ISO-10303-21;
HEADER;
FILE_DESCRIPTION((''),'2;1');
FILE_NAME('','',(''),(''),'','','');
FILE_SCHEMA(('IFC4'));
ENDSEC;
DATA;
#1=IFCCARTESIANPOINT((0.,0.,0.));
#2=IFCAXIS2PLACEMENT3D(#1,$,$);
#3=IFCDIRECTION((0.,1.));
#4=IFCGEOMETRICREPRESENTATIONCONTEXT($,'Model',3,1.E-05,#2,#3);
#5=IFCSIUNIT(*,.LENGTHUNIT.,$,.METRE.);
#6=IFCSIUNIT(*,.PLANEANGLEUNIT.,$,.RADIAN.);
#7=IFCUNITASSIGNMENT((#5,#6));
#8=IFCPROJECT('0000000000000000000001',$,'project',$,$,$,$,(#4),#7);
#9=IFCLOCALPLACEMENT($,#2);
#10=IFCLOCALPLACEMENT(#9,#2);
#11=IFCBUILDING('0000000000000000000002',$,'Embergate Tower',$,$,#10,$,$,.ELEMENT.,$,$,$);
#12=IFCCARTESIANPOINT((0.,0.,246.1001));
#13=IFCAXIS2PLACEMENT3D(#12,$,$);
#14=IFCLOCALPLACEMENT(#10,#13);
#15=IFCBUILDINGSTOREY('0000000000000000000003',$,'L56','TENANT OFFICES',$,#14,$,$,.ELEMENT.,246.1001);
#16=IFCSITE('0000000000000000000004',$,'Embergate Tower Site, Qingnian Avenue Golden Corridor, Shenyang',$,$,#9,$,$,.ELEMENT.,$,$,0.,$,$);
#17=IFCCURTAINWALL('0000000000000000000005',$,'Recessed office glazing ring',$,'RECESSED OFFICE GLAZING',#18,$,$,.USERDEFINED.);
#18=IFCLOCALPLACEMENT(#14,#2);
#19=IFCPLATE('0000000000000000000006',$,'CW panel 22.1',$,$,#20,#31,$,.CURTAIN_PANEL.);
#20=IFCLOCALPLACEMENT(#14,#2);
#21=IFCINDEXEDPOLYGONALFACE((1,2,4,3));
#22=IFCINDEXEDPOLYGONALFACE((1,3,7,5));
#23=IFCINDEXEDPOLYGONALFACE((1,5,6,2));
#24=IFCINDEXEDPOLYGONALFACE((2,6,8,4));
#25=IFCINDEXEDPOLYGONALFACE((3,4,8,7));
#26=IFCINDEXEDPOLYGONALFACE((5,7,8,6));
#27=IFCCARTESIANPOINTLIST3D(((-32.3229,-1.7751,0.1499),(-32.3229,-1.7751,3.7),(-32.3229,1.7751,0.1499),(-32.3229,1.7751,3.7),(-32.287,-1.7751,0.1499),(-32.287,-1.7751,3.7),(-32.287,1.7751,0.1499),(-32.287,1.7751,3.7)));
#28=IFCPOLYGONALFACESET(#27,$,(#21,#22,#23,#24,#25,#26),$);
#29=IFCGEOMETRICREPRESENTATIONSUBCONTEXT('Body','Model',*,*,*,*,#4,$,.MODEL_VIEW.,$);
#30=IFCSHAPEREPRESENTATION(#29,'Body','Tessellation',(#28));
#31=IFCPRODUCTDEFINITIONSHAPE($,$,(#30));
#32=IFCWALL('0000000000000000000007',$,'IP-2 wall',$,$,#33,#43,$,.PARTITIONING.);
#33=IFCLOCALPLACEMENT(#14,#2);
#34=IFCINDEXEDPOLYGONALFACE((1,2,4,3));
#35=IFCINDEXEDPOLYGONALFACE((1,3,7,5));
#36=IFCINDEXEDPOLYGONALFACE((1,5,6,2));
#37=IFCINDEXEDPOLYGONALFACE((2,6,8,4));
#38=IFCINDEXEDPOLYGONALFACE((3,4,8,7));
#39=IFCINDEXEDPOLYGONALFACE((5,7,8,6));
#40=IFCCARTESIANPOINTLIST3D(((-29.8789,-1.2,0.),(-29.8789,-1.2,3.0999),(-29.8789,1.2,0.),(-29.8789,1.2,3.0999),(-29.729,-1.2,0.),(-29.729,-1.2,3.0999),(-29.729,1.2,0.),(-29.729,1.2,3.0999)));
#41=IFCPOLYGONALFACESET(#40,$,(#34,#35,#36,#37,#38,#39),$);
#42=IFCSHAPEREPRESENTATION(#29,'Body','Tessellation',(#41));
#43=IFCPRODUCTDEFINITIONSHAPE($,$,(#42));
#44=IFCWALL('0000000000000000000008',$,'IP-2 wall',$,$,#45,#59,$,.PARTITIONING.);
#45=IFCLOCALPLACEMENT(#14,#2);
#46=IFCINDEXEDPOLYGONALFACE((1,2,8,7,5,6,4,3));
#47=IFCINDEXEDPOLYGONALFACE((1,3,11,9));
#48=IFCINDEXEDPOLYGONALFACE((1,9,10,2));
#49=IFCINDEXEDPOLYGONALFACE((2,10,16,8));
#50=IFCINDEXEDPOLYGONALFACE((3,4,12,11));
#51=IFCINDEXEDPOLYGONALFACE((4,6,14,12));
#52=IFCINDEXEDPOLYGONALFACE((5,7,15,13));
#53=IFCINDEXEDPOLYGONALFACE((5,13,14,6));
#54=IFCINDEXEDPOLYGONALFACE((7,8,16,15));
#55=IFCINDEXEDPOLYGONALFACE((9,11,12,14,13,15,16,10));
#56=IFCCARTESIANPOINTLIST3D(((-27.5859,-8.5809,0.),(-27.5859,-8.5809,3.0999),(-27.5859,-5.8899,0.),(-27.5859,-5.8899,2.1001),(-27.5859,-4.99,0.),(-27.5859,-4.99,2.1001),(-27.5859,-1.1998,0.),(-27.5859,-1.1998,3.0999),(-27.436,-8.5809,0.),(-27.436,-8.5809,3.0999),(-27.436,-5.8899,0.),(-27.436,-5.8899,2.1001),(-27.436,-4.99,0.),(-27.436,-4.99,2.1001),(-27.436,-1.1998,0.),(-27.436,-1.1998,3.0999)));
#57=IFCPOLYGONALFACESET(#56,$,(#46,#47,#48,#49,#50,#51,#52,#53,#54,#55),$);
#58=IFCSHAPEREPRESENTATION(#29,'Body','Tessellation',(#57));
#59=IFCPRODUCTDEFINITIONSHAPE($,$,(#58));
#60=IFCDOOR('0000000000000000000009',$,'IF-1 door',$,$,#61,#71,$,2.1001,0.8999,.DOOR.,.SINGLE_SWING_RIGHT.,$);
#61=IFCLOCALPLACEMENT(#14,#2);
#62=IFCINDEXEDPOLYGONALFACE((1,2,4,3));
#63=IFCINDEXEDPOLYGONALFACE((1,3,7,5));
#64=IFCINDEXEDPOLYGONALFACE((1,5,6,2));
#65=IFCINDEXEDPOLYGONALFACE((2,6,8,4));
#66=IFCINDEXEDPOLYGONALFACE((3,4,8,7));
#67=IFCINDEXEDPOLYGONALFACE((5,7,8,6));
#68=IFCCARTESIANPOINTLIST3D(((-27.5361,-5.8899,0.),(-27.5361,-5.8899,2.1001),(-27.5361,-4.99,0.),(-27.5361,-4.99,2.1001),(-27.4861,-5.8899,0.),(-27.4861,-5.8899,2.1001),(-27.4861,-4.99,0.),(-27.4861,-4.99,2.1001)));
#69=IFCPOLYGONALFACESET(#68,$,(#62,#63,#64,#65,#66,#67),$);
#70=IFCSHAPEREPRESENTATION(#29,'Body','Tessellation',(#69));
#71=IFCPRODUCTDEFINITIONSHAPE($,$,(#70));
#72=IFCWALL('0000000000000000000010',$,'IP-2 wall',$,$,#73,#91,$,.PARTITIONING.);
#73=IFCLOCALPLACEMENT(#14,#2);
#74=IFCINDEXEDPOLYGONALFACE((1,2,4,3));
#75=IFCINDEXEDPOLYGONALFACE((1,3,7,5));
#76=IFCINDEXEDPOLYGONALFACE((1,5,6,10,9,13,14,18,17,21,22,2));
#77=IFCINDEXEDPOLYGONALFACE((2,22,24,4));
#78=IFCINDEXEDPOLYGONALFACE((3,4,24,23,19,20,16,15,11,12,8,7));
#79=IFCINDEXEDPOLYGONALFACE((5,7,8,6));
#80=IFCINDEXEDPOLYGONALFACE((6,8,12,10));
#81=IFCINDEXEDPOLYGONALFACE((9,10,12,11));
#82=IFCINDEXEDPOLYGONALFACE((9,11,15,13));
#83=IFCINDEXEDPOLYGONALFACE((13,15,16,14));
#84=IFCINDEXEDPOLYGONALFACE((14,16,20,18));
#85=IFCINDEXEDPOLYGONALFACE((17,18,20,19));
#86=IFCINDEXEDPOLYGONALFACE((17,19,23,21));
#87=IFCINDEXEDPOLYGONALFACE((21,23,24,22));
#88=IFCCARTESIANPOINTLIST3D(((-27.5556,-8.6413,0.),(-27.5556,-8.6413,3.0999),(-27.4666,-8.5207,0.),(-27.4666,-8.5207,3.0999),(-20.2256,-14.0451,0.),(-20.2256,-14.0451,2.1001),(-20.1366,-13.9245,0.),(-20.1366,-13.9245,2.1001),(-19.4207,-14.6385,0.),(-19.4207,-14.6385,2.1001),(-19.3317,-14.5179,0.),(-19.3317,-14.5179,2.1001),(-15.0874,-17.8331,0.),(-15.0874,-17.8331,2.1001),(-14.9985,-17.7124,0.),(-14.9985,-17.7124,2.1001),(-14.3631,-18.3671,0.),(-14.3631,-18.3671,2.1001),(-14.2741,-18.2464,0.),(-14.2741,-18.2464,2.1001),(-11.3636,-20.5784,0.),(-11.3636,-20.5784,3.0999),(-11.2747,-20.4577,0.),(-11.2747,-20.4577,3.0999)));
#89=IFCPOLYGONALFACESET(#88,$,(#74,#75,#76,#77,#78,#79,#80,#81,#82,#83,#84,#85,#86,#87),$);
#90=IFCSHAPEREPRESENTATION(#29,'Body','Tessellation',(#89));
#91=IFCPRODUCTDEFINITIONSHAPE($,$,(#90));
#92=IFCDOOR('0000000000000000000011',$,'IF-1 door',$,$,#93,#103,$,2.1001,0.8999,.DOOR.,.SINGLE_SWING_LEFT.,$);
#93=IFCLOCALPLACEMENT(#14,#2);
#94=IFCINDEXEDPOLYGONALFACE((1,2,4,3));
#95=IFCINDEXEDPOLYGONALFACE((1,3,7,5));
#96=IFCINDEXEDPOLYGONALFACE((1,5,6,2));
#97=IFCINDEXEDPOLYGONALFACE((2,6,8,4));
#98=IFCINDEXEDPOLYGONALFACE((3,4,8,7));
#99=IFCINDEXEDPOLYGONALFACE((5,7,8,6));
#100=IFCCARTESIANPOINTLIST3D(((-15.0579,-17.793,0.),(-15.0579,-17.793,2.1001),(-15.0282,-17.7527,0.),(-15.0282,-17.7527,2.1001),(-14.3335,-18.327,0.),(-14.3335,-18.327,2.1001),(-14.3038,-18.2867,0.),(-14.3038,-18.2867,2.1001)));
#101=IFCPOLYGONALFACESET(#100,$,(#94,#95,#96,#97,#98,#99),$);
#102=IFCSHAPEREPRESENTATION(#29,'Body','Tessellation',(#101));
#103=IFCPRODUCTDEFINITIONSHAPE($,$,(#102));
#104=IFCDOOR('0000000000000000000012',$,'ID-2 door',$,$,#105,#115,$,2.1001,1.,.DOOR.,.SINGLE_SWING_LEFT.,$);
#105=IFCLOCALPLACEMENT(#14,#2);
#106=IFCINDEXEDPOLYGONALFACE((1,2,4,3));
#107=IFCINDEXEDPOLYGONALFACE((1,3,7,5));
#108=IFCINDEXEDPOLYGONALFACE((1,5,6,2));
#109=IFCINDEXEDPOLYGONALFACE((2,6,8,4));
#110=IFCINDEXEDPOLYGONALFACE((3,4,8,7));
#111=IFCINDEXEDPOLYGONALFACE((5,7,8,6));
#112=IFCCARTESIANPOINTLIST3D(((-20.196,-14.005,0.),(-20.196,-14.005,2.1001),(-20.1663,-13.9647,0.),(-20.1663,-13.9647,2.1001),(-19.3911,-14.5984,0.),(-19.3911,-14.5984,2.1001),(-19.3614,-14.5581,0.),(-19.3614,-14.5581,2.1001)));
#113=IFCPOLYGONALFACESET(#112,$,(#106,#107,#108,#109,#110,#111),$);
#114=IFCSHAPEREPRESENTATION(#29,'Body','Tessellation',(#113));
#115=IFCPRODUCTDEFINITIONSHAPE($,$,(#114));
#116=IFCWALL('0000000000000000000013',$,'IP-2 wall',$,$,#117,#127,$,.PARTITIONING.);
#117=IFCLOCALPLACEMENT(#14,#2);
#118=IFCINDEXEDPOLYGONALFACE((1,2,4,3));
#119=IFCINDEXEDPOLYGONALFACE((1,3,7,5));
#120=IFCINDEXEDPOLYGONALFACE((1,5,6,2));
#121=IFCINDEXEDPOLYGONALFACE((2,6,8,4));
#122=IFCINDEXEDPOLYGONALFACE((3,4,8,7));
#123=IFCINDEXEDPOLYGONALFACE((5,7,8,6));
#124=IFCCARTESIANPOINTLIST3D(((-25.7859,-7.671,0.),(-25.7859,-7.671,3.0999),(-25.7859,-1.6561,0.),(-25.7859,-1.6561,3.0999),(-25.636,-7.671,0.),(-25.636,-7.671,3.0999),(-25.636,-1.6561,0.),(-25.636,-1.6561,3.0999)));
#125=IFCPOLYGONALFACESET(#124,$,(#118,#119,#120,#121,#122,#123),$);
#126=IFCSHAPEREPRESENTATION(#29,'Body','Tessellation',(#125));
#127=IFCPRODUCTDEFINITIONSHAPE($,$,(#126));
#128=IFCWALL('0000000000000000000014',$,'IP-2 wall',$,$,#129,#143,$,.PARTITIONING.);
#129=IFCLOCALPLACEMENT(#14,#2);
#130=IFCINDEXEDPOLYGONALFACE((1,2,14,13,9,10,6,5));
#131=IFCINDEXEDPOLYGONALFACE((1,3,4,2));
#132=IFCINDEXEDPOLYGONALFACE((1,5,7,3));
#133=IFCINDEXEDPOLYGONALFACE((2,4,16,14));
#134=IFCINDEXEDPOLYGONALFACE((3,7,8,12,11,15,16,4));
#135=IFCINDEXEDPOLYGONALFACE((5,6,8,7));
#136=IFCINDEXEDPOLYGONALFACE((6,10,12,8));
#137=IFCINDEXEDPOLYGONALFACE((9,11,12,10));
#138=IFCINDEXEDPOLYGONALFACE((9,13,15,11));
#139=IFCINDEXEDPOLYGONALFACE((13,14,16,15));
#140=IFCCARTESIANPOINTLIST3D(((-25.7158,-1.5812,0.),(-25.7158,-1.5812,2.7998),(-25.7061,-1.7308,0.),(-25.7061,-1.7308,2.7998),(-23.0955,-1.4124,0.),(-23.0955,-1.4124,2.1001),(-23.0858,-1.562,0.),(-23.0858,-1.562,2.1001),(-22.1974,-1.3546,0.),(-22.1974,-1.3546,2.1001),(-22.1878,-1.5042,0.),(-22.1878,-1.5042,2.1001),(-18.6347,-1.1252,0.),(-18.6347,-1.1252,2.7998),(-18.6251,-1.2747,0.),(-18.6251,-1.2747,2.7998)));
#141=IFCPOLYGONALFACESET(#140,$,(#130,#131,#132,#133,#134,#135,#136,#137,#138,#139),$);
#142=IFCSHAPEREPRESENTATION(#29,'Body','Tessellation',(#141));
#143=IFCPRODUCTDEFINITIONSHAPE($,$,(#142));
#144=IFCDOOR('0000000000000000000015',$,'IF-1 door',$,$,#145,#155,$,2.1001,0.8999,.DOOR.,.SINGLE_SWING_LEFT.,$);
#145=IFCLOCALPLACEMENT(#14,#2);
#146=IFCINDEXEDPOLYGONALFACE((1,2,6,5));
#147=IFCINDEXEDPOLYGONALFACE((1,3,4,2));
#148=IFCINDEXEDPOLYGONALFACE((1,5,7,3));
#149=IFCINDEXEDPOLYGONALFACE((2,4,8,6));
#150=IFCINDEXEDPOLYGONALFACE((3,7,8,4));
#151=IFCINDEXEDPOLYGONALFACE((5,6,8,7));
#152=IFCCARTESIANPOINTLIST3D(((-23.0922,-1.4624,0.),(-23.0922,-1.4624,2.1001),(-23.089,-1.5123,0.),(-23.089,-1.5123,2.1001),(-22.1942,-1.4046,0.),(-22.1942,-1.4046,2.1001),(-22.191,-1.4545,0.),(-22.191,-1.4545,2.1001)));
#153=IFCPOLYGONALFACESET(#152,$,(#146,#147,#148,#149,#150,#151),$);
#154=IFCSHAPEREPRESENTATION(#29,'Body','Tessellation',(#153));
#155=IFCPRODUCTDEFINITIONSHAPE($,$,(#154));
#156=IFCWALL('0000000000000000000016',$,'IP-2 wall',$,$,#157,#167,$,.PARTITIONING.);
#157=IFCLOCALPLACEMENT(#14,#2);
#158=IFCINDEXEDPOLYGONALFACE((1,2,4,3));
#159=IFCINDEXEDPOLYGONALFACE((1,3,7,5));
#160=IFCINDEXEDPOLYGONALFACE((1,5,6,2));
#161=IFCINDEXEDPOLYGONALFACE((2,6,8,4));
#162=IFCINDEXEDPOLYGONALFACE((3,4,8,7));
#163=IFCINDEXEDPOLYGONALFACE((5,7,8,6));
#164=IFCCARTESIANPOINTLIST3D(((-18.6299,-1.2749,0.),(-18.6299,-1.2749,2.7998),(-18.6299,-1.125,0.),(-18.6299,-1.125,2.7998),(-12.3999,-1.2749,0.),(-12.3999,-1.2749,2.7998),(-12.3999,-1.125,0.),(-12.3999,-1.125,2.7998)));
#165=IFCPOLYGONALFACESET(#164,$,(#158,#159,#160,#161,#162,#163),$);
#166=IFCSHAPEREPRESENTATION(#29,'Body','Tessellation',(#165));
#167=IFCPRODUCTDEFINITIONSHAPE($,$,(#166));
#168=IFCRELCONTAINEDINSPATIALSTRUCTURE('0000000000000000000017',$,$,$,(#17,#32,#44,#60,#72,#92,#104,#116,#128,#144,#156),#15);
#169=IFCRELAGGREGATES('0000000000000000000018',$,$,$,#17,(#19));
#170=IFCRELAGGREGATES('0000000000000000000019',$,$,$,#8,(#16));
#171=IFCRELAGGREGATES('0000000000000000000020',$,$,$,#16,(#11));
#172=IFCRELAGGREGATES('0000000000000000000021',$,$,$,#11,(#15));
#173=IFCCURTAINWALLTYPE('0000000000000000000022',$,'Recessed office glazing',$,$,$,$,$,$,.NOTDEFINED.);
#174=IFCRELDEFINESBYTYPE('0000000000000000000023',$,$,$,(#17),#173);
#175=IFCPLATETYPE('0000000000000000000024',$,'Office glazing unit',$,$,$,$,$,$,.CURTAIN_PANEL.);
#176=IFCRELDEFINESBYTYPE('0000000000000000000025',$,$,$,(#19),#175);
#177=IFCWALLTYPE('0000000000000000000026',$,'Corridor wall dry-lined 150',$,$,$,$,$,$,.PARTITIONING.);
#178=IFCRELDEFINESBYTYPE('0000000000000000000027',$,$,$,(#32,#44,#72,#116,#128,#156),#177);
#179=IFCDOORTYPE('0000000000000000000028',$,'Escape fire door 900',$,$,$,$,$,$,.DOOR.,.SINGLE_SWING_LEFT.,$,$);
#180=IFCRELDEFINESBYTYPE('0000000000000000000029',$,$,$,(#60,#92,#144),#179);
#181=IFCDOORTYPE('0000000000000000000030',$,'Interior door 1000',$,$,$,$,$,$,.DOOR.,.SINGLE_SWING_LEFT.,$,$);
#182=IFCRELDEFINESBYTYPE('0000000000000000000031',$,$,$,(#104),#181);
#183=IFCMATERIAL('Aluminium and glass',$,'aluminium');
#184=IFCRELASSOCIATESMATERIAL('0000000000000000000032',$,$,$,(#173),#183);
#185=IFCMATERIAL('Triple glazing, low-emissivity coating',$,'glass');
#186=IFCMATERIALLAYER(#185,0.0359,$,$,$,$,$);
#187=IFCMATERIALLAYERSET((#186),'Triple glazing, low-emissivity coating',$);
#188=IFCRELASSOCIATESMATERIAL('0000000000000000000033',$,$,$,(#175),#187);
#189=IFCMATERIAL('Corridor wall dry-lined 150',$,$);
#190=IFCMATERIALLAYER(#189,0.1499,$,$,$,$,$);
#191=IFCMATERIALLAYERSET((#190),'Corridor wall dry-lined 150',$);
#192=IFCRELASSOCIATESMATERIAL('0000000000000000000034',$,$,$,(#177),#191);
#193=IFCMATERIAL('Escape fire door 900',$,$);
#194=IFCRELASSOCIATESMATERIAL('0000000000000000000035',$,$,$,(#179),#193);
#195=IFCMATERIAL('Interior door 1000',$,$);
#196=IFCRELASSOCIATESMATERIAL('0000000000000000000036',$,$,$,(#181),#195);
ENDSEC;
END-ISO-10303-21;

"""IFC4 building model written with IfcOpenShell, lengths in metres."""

from ifc_helpers import new_model, si_unit, direction, frame, frame_2d, origin, origin_2d, place, context, subcontext, project, spatial, rectangle, extrude, source, transform, mapped, material, layer, layer_set, type_object, element, fill, aggregate, save


model = new_model("IFC4")

# Units and contexts
model_context = context("Model", 3, precision=1e-05, world=origin(), true_north=direction((0.0, 1.0)))
body_context = subcontext(model_context, "Body", "Model", "MODEL_VIEW")
ifc_project = project(units=[si_unit("LENGTHUNIT", "METRE"), si_unit("PLANEANGLEUNIT", "RADIAN")], contexts=[model_context])

# Site, building, storey
site_placement = place(None, origin())
site = spatial("IfcSite", under=ifc_project, at=site_placement, Name="Embergate Tower Site, Qingnian Avenue Golden Corridor, Shenyang", CompositionType="ELEMENT", RefElevation=0.0)
building_placement = place(site_placement, origin())
building = spatial("IfcBuilding", under=site, at=building_placement, Name="Embergate Tower", CompositionType="ELEMENT")
storey_placement = place(building_placement, frame((0.0, 0.0, 246.1001)))
storey = spatial("IfcBuildingStorey", under=building, at=storey_placement, Name="L56", Description="TENANT OFFICES", CompositionType="ELEMENT", Elevation=246.1001)

# Curtain wall, plate
ifc_material_1 = material(Name="Aluminium and glass", Category="aluminium")
curtain_wall_type = type_object("IfcCurtainWallType", Name="Recessed office glazing", PredefinedType="NOTDEFINED", material=ifc_material_1)
curtain_wall_placement = place(storey_placement, origin())
curtain_wall = element("IfcCurtainWall", 1, at=curtain_wall_placement, inside=storey, type_object=curtain_wall_type, Name="Recessed office glazing ring", ObjectType="RECESSED OFFICE GLAZING", PredefinedType="USERDEFINED")
ifc_material_2 = material(Name="Triple glazing, low-emissivity coating", Category="glass")
ifc_layer_1 = layer(ifc_material_2, 0.0359)
ifc_layer_set_1 = layer_set([ifc_layer_1], Name="Triple glazing, low-emissivity coating")
plate_type = type_object("IfcPlateType", Name="Office glazing unit", PredefinedType="CURTAIN_PANEL", material=ifc_layer_set_1)
shared_shape_1 = source(origin(), body_context, "Body", "SweptSolid", [
    extrude(rectangle(XDim=3.5503, YDim=0.0359, at=origin_2d()), origin(), (0.0, 0.0, 1.0), 3.55),
])
plate_1_placement = place(storey_placement, frame((-32.3049, 0.0, 0.1499), z_axis=(0.0, 0.0, 1.0), x_axis=(0.0, -1.0, 0.0)))
plate_1 = element("IfcPlate", 2, at=plate_1_placement, type_object=plate_type, Name="CW panel 22.1", PredefinedType="CURTAIN_PANEL", context=body_context, shape_type="MappedRepresentation", body=[
    mapped(shared_shape_1, transform((0.0, 0.0, 0.0))),
])
aggregate(curtain_wall, [plate_1])

# Wall
ifc_material_3 = material(Name="Corridor wall dry-lined 150")
ifc_layer_2 = layer(ifc_material_3, 0.1499)
ifc_layer_set_2 = layer_set([ifc_layer_2], Name="Corridor wall dry-lined 150")
wall_type_1 = type_object("IfcWallType", Name="Corridor wall dry-lined 150", PredefinedType="PARTITIONING", material=ifc_layer_set_2)
shared_shape_2 = source(origin(), body_context, "Body", "SweptSolid", [
    extrude(rectangle(XDim=2.3999, YDim=0.1499, at=frame_2d((1.2, 0.0))), origin(), (0.0, 0.0, 1.0), 3.0999),
])
wall_1_placement = place(storey_placement, frame((-29.804, -1.2, 0.0), z_axis=(0.0, 0.0, 1.0), x_axis=(0.0, 1.0, 0.0)))
element("IfcWall", 3, at=wall_1_placement, inside=storey, type_object=wall_type_1, Name="IP-2 wall", PredefinedType="PARTITIONING", context=body_context, shape_type="MappedRepresentation", body=[
    mapped(shared_shape_2, transform((0.0, 0.0, 0.0))),
])

# Wall, opening, door
shared_shape_3 = source(origin(), body_context, "Body", "SweptSolid", [
    extrude(rectangle(XDim=7.3811, YDim=0.1499, at=frame_2d((3.6904, 0.0))), origin(), (0.0, 0.0, 1.0), 3.0999),
])
wall_2_placement = place(storey_placement, frame((-27.511, -1.2, 0.0), z_axis=(0.0, 0.0, 1.0), x_axis=(0.0, -1.0, 0.0)))
wall_2 = element("IfcWall", 4, at=wall_2_placement, inside=storey, type_object=wall_type_1, Name="IP-2 wall", PredefinedType="PARTITIONING", context=body_context, shape_type="MappedRepresentation", body=[
    mapped(shared_shape_3, transform((0.0, 0.0, 0.0))),
])
shared_shape_4 = source(origin(), body_context, "Body", "SweptSolid", [
    extrude(rectangle(XDim=0.8999, YDim=2.1001, at=frame_2d((0.45, 1.05))), frame((0.0, 0.085, 0.0), z_axis=(0.0, -1.0, 0.0), x_axis=(1.0, 0.0, 0.0)), (0.0, 0.0, 1.0), 0.1699),
])
opening_1_placement = place(wall_2_placement, frame((3.79, 0.0, 0.0)))
opening_1 = element("IfcOpeningElement", 5, at=opening_1_placement, cuts=wall_2, PredefinedType="OPENING", context=body_context, shape_type="MappedRepresentation", body=[
    mapped(shared_shape_4, transform((0.0, 0.0, 0.0))),
])
ifc_material_4 = material(Name="Escape fire door 900")
door_type_1 = type_object("IfcDoorType", Name="Escape fire door 900", OperationType="SINGLE_SWING_LEFT", PredefinedType="DOOR", material=ifc_material_4)
shared_shape_5 = source(origin(), body_context, "Body", "SweptSolid", [
    extrude(rectangle(XDim=0.8999, YDim=2.1001, at=frame_2d((0.45, 1.05))), frame((0.0, 0.0249, 0.0), z_axis=(0.0, -1.0, 0.0), x_axis=(1.0, 0.0, 0.0)), (0.0, 0.0, 1.0), 0.05),
])
door_1_placement = place(opening_1_placement, origin())
door_1 = element("IfcDoor", 6, at=door_1_placement, inside=storey, type_object=door_type_1, Name="IF-1 door", OperationType="SINGLE_SWING_RIGHT", OverallHeight=2.1001, OverallWidth=0.8999, PredefinedType="DOOR", context=body_context, shape_type="MappedRepresentation", body=[
    mapped(shared_shape_5, transform((0.0, 0.0, 0.0))),
])
fill(opening_1, door_1)

# Wall, openings, doors
shared_shape_6 = source(origin(), body_context, "Body", "SweptSolid", [
    extrude(rectangle(XDim=20.1165, YDim=0.1499, at=frame_2d((10.0581, 0.0))), origin(), (0.0, 0.0, 1.0), 3.0999),
])
wall_3_placement = place(storey_placement, frame((-27.511, -8.5811, 0.0), z_axis=(0.0, 0.0, 1.0), x_axis=(0.80491, -0.593397, 0.0)))
wall_3 = element("IfcWall", 7, at=wall_3_placement, inside=storey, type_object=wall_type_1, Name="IP-2 wall", PredefinedType="PARTITIONING", context=body_context, shape_type="MappedRepresentation", body=[
    mapped(shared_shape_6, transform((0.0, 0.0, 0.0))),
])
shared_shape_7 = source(origin(), body_context, "Body", "SweptSolid", [
    extrude(rectangle(XDim=1.0, YDim=2.1001, at=frame_2d((0.5, 1.05))), frame((0.0, 0.085, 0.0), z_axis=(0.0, -1.0, 0.0), x_axis=(1.0, 0.0, 0.0)), (0.0, 0.0, 1.0), 0.1699),
])
opening_2_placement = place(wall_3_placement, frame((9.1064, 0.0, 0.0)))
opening_2 = element("IfcOpeningElement", 8, at=opening_2_placement, cuts=wall_3, PredefinedType="OPENING", context=body_context, shape_type="MappedRepresentation", body=[
    mapped(shared_shape_7, transform((0.0, 0.0, 0.0))),
])
opening_3_placement = place(wall_3_placement, frame((15.49, 0.0, 0.0)))
opening_3 = element("IfcOpeningElement", 9, at=opening_3_placement, cuts=wall_3, PredefinedType="OPENING", context=body_context, shape_type="MappedRepresentation", body=[
    mapped(shared_shape_4, transform((0.0, 0.0, 0.0))),
])
door_2_placement = place(opening_3_placement, origin())
door_2 = element("IfcDoor", 10, at=door_2_placement, inside=storey, type_object=door_type_1, Name="IF-1 door", OperationType="SINGLE_SWING_LEFT", OverallHeight=2.1001, OverallWidth=0.8999, PredefinedType="DOOR", context=body_context, shape_type="MappedRepresentation", body=[
    mapped(shared_shape_5, transform((0.0, 0.0, 0.0))),
])
fill(opening_3, door_2)
ifc_material_5 = material(Name="Interior door 1000")
door_type_2 = type_object("IfcDoorType", Name="Interior door 1000", OperationType="SINGLE_SWING_LEFT", PredefinedType="DOOR", material=ifc_material_5)
shared_shape_8 = source(origin(), body_context, "Body", "SweptSolid", [
    extrude(rectangle(XDim=1.0, YDim=2.1001, at=frame_2d((0.5, 1.05))), frame((0.0, 0.0249, 0.0), z_axis=(0.0, -1.0, 0.0), x_axis=(1.0, 0.0, 0.0)), (0.0, 0.0, 1.0), 0.05),
])
door_3_placement = place(opening_2_placement, origin())
door_3 = element("IfcDoor", 11, at=door_3_placement, inside=storey, type_object=door_type_2, Name="ID-2 door", OperationType="SINGLE_SWING_LEFT", OverallHeight=2.1001, OverallWidth=1.0, PredefinedType="DOOR", context=body_context, shape_type="MappedRepresentation", body=[
    mapped(shared_shape_8, transform((0.0, 0.0, 0.0))),
])
fill(opening_2, door_3)

# Wall
shared_shape_9 = source(origin(), body_context, "Body", "SweptSolid", [
    extrude(rectangle(XDim=6.0149, YDim=0.1499, at=frame_2d((3.0073, 0.0))), origin(), (0.0, 0.0, 1.0), 3.0999),
])
wall_4_placement = place(storey_placement, frame((-25.7109, -7.6709, 0.0), z_axis=(0.0, 0.0, 1.0), x_axis=(0.0, 1.0, 0.0)))
element("IfcWall", 12, at=wall_4_placement, inside=storey, type_object=wall_type_1, Name="IP-2 wall", PredefinedType="PARTITIONING", context=body_context, shape_type="MappedRepresentation", body=[
    mapped(shared_shape_9, transform((0.0, 0.0, 0.0))),
])

# Wall, opening, door
shared_shape_10 = source(origin(), body_context, "Body", "SweptSolid", [
    extrude(rectangle(XDim=7.0957, YDim=0.1499, at=frame_2d((3.5479, 0.0))), origin(), (0.0, 0.0, 1.0), 2.7998),
])
wall_5_placement = place(storey_placement, frame((-25.7109, -1.656, 0.0), z_axis=(0.0, 0.0, 1.0), x_axis=(0.997932, 0.064272, 0.0)))
wall_5 = element("IfcWall", 13, at=wall_5_placement, inside=storey, type_object=wall_type_1, Name="IP-2 wall", PredefinedType="PARTITIONING", context=body_context, shape_type="MappedRepresentation", body=[
    mapped(shared_shape_10, transform((0.0, 0.0, 0.0))),
])
opening_4_placement = place(wall_5_placement, frame((2.6257, 0.0, 0.0)))
opening_4 = element("IfcOpeningElement", 14, at=opening_4_placement, cuts=wall_5, PredefinedType="OPENING", context=body_context, shape_type="MappedRepresentation", body=[
    mapped(shared_shape_4, transform((0.0, 0.0, 0.0))),
])
door_4_placement = place(opening_4_placement, origin())
door_4 = element("IfcDoor", 15, at=door_4_placement, inside=storey, type_object=door_type_1, Name="IF-1 door", OperationType="SINGLE_SWING_LEFT", OverallHeight=2.1001, OverallWidth=0.8999, PredefinedType="DOOR", context=body_context, shape_type="MappedRepresentation", body=[
    mapped(shared_shape_5, transform((0.0, 0.0, 0.0))),
])
fill(opening_4, door_4)

# Wall
shared_shape_11 = source(origin(), body_context, "Body", "SweptSolid", [
    extrude(rectangle(XDim=6.23, YDim=0.1499, at=frame_2d((3.115, 0.0))), origin(), (0.0, 0.0, 1.0), 2.7998),
])
wall_6_placement = place(storey_placement, frame((-18.6299, -1.2, 0.0), z_axis=(0.0, 0.0, 1.0), x_axis=(1.0, 0.0, 0.0)))
element("IfcWall", 16, at=wall_6_placement, inside=storey, type_object=wall_type_1, Name="IP-2 wall", PredefinedType="PARTITIONING", context=body_context, shape_type="MappedRepresentation", body=[
    mapped(shared_shape_11, transform((0.0, 0.0, 0.0))),
])

save(model, "model.ifc")
